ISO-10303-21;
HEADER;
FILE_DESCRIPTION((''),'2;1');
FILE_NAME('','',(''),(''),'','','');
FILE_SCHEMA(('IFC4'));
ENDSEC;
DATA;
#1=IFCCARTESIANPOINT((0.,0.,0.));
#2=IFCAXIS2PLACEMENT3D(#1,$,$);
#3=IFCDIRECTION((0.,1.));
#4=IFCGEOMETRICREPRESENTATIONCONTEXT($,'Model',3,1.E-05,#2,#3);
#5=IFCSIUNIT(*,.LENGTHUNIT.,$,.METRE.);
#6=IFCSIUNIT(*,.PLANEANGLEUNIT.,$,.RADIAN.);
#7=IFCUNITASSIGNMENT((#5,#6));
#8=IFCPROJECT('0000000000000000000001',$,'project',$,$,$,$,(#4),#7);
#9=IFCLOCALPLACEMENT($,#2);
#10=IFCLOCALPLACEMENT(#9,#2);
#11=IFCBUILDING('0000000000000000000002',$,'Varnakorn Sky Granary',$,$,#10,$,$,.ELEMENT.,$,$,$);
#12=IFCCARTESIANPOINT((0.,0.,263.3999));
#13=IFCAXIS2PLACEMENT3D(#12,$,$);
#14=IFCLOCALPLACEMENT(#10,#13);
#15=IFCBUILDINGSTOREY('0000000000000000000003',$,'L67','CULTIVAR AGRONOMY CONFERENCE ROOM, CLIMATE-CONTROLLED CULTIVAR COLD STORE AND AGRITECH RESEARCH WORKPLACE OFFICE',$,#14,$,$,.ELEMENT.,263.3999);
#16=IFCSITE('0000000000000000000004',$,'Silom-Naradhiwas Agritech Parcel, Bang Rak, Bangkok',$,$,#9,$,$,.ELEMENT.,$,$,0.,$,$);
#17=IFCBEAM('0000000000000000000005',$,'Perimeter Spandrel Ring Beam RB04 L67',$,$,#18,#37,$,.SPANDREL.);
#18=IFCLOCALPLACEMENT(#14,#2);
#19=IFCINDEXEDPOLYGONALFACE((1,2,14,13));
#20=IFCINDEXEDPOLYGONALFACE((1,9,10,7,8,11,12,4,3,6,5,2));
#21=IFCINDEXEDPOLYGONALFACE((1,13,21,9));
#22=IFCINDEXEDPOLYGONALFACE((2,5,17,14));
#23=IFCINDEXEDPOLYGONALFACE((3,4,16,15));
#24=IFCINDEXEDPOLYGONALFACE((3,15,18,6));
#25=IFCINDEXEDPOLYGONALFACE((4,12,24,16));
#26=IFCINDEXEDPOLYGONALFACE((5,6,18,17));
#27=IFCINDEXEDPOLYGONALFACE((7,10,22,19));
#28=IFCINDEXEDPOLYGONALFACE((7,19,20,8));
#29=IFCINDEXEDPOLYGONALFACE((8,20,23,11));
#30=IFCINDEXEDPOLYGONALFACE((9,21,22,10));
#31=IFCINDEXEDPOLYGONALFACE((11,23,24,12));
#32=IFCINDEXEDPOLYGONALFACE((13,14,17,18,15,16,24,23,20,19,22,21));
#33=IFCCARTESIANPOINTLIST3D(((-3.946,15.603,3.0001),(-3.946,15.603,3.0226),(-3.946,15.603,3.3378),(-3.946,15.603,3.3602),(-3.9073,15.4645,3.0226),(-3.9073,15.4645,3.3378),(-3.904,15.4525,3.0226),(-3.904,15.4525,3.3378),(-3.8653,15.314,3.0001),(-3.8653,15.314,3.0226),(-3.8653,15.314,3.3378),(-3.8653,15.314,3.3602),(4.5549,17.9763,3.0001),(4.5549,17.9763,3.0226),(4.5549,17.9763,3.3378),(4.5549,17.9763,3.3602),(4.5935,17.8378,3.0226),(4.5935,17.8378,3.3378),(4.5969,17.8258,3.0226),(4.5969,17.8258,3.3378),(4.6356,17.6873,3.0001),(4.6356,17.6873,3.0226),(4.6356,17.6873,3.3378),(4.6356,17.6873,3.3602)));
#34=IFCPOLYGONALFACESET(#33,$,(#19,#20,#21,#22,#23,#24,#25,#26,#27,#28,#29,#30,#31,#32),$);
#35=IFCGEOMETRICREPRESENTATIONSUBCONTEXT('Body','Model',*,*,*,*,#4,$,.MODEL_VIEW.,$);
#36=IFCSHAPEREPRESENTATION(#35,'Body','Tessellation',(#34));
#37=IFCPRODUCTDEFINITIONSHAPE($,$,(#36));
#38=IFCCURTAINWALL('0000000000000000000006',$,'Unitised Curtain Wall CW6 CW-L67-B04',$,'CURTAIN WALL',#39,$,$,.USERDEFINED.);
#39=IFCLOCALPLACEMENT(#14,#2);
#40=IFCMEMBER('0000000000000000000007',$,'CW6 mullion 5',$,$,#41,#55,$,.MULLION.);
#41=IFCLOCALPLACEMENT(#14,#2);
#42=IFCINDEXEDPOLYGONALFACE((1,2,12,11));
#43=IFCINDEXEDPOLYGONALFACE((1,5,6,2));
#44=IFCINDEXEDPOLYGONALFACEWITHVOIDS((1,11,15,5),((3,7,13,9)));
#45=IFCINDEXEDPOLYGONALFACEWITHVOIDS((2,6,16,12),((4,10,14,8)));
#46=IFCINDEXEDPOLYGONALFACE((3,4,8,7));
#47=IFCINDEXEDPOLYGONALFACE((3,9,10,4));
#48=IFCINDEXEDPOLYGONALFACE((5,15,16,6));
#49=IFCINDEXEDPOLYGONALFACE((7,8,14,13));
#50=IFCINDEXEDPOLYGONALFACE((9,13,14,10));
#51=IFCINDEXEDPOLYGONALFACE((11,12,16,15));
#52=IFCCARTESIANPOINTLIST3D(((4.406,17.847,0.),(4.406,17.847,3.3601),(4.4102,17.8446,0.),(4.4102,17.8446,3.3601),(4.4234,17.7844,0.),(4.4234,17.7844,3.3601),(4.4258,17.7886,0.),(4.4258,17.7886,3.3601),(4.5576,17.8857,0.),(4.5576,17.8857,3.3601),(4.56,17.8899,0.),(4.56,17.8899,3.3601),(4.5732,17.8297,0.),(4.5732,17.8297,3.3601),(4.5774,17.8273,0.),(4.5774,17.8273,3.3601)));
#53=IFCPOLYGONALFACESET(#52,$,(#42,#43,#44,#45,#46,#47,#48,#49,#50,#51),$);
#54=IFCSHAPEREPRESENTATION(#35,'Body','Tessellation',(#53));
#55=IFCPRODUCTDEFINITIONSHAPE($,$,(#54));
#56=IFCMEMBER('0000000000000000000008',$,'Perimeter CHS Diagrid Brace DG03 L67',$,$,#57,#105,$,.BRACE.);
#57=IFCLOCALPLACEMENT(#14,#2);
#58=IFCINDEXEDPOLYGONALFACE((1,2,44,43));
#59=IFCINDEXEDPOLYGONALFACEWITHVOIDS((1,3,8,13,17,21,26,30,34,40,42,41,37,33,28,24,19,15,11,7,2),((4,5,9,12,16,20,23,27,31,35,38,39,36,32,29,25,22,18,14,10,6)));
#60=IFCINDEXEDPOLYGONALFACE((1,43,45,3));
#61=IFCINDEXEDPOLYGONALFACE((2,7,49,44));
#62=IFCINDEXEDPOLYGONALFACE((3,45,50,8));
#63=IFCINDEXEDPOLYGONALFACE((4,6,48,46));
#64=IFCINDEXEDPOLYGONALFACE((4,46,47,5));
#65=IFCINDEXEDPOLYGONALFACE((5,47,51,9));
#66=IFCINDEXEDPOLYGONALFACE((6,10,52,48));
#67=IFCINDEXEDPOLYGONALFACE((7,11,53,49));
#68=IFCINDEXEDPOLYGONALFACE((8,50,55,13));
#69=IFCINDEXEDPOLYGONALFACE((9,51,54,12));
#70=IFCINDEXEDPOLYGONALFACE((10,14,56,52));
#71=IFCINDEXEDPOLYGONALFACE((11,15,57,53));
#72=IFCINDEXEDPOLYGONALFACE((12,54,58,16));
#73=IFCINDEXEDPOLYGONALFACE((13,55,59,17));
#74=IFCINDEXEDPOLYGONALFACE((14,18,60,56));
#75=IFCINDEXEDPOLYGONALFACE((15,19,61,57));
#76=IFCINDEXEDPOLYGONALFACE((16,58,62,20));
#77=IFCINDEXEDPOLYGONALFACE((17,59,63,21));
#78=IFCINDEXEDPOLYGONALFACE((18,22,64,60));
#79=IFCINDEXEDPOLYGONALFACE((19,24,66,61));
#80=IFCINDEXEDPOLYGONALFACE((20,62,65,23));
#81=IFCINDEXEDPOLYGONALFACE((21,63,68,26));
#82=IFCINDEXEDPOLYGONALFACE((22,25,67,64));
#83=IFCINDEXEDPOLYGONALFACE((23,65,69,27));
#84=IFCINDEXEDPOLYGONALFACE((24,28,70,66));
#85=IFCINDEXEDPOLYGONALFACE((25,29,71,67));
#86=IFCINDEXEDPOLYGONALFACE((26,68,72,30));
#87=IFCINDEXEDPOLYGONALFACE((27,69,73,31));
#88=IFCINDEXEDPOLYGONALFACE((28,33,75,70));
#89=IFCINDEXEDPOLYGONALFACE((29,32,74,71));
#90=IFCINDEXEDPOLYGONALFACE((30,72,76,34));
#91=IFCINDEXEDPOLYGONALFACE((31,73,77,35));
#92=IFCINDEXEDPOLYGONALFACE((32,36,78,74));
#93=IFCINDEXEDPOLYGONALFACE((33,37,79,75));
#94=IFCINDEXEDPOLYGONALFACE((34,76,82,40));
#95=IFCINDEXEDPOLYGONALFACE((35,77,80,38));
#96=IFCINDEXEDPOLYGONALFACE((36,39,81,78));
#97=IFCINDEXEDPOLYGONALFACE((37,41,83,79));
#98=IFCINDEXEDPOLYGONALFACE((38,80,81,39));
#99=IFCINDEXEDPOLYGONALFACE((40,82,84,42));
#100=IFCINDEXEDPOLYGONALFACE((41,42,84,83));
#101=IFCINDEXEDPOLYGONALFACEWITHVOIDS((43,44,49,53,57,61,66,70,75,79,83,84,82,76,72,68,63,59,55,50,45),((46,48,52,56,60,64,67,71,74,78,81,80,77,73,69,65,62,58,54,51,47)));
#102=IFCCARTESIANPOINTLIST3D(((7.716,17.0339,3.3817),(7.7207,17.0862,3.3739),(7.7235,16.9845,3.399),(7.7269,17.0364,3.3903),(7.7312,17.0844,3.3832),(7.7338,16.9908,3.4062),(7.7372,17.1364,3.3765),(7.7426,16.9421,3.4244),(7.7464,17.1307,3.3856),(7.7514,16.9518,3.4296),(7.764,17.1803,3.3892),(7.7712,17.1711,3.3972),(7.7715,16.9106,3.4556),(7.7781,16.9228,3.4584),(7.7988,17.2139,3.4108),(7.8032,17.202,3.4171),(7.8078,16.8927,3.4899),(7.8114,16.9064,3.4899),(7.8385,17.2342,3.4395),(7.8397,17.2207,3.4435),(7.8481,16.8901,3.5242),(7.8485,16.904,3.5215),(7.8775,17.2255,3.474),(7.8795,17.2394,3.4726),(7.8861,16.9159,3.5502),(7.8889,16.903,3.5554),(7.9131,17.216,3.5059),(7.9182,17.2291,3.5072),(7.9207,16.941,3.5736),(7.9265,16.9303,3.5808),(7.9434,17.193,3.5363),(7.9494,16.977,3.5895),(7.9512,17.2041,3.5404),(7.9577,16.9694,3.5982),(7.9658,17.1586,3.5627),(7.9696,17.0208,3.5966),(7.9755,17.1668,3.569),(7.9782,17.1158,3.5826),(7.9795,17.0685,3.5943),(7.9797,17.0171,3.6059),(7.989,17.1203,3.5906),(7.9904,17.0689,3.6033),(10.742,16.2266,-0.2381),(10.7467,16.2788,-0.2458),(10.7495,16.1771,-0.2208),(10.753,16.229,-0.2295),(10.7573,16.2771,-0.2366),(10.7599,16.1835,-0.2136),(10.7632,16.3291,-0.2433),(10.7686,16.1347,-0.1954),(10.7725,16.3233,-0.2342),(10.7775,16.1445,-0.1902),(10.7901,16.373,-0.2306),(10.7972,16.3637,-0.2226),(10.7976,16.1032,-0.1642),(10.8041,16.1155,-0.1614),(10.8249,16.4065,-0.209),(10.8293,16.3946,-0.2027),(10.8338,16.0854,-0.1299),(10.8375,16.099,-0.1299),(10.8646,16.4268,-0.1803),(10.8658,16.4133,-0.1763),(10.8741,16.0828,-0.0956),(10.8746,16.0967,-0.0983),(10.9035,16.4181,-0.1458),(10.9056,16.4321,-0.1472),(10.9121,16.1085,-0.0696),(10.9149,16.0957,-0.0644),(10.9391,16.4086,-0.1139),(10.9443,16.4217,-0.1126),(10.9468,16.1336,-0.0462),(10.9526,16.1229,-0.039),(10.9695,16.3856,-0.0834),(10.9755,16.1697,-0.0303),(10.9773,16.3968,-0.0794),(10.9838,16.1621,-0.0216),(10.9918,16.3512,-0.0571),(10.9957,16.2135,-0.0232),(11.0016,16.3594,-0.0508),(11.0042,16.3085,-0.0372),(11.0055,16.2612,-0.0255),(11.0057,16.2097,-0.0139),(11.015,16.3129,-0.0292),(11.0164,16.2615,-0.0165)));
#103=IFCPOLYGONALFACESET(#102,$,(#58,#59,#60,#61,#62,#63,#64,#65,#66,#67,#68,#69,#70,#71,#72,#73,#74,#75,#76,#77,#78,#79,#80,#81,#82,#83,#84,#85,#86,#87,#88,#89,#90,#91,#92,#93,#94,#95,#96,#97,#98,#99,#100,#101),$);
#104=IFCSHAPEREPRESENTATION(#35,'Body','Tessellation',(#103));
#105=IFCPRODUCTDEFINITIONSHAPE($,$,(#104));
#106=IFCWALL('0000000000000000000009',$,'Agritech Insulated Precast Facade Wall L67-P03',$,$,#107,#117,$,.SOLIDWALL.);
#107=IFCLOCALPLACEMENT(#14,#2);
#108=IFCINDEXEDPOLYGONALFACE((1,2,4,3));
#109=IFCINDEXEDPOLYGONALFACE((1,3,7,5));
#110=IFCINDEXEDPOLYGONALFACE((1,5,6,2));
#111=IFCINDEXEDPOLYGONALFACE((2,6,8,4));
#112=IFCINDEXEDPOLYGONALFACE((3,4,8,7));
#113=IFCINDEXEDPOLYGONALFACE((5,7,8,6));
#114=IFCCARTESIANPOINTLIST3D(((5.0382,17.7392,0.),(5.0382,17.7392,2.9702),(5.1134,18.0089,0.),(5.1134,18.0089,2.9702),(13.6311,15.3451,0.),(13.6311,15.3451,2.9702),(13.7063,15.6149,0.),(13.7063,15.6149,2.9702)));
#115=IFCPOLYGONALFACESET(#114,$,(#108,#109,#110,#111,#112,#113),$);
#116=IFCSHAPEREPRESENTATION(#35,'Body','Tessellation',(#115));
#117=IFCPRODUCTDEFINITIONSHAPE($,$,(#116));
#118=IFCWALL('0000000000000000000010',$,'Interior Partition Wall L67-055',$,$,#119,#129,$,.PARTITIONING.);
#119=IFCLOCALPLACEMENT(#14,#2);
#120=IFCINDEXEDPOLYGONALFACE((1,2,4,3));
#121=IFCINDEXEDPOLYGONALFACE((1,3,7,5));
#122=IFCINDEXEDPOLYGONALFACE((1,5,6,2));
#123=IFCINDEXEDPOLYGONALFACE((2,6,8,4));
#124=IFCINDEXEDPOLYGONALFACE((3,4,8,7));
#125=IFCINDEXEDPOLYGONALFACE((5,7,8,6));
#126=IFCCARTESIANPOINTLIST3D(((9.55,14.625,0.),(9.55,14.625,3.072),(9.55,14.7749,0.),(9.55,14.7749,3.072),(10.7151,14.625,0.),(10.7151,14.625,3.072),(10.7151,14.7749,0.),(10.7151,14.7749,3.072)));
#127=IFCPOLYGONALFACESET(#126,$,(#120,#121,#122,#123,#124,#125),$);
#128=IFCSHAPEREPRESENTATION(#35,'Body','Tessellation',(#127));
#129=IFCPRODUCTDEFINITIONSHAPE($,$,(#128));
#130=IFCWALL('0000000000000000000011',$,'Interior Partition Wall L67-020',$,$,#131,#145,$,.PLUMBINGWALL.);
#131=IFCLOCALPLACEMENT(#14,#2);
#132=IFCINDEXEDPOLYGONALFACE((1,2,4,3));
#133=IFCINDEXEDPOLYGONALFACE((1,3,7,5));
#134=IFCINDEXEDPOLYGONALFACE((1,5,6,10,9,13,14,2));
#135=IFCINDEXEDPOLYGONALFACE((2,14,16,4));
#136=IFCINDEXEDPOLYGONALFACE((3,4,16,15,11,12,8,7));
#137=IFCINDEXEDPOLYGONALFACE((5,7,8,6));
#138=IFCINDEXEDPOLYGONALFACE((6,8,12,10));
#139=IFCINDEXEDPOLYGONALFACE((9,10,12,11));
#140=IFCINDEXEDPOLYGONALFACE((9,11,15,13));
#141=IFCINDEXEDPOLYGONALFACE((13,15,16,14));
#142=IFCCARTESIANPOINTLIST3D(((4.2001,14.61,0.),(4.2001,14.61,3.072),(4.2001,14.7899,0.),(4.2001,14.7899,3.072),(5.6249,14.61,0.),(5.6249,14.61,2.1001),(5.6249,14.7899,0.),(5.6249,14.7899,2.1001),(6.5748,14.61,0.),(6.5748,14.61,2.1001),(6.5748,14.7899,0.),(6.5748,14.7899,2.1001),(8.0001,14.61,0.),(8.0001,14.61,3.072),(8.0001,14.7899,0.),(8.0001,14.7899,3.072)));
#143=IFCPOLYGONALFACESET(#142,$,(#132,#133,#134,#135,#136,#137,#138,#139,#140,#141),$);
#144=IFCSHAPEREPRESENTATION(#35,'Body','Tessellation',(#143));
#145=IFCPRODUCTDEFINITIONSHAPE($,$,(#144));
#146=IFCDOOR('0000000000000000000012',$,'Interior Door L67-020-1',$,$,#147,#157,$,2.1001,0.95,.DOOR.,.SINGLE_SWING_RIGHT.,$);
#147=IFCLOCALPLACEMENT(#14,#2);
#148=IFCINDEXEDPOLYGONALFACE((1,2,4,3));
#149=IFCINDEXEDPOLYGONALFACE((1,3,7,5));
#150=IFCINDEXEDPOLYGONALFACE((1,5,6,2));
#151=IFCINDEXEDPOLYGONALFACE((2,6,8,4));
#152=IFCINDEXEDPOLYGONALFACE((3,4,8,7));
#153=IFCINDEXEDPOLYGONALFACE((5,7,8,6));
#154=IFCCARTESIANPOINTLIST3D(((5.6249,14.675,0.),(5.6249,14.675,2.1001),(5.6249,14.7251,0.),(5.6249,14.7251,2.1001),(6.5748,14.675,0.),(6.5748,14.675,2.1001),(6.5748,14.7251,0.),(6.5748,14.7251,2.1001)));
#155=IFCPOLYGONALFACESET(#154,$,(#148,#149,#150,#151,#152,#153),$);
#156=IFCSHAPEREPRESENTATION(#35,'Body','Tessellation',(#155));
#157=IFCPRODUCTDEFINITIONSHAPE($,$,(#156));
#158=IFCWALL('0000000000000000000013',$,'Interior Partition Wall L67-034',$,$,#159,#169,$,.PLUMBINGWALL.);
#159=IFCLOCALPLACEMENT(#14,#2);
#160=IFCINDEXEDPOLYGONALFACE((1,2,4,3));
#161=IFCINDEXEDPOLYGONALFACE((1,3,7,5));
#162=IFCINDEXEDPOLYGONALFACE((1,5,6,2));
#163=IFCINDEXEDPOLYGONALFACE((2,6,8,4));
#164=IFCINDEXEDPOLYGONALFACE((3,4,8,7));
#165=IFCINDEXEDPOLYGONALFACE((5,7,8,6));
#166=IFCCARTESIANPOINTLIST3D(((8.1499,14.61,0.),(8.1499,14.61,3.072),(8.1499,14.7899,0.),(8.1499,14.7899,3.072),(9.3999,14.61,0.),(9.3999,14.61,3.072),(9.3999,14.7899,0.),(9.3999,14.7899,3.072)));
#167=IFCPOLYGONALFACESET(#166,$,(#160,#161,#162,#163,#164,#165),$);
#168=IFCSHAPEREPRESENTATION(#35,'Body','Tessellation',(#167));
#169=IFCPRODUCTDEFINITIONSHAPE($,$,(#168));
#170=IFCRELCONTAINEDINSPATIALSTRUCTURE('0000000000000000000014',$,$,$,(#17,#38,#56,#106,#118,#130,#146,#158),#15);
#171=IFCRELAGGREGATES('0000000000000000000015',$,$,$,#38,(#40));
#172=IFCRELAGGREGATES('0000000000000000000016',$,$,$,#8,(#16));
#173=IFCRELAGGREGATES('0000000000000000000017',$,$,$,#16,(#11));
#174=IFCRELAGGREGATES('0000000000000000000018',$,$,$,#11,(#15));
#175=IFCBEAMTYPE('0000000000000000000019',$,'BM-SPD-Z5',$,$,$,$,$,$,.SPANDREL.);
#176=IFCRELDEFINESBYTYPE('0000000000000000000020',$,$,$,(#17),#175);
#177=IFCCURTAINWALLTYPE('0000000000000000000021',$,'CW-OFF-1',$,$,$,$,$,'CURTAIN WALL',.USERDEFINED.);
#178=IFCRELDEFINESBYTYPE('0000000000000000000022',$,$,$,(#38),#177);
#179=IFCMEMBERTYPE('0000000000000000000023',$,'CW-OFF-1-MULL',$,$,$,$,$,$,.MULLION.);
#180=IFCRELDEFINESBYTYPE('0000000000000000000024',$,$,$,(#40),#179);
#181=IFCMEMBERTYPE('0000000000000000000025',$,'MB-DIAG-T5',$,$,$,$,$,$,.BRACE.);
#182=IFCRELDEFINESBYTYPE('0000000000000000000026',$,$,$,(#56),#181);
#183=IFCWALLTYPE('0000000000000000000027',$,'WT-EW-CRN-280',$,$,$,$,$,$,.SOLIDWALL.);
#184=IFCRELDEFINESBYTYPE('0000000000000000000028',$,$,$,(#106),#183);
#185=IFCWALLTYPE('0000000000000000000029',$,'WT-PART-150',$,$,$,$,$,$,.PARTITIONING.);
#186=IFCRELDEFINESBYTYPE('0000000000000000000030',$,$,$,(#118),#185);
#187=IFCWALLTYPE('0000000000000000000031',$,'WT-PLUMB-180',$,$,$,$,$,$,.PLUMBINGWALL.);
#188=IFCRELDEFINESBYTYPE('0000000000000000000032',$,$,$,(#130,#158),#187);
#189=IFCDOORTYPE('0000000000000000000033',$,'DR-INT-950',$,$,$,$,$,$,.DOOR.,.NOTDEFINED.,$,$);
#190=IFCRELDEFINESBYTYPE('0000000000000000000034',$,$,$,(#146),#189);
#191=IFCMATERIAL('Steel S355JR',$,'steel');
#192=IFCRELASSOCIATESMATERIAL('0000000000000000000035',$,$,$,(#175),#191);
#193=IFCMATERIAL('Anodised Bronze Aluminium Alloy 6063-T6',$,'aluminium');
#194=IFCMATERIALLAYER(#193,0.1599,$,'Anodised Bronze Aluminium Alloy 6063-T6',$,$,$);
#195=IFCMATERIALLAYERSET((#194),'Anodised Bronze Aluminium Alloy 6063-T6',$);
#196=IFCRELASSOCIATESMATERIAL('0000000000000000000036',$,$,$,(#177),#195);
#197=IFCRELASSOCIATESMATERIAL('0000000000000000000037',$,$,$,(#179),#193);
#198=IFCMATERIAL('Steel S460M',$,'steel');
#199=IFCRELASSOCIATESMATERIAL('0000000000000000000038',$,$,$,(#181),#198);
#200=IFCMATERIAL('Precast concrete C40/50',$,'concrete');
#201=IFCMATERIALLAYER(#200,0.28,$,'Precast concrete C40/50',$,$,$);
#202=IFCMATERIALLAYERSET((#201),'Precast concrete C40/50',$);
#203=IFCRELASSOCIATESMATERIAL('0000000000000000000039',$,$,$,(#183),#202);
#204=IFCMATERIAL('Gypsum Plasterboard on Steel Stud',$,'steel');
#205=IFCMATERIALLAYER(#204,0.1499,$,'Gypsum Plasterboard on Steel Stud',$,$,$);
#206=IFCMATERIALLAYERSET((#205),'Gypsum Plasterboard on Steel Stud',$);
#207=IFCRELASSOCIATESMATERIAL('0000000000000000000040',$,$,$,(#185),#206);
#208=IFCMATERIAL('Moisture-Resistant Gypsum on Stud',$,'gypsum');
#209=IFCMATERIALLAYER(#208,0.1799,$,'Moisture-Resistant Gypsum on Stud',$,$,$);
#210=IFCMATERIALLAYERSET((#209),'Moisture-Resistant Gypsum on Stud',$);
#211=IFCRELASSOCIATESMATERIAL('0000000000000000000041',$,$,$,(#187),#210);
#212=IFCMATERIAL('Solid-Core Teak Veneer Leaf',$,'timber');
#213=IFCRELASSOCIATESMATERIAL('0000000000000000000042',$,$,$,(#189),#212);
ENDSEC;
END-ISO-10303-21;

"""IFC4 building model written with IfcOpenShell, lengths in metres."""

from ifc_helpers import new_model, si_unit, direction, frame, frame_2d, origin, origin_2d, place, context, subcontext, project, spatial, rectangle, hollow_rectangle, hollow_circle, i_section, extrude, material, layer, layer_set, material_profile, profile_set, type_object, element, fill, aggregate, save


model = new_model("IFC4")

# Units and contexts
model_context = context("Model", 3, precision=1e-05, world=origin(), true_north=direction((0.0, 1.0)))
body_context = subcontext(model_context, "Body", "Model", "MODEL_VIEW")
ifc_project = project(units=[si_unit("LENGTHUNIT", "METRE"), si_unit("PLANEANGLEUNIT", "RADIAN")], contexts=[model_context])

# Site, building, storey
site_placement = place(None, origin())
site = spatial("IfcSite", under=ifc_project, at=site_placement, Name="Silom-Naradhiwas Agritech Parcel, Bang Rak, Bangkok", CompositionType="ELEMENT", RefElevation=0.0)
building_placement = place(site_placement, origin())
building = spatial("IfcBuilding", under=site, at=building_placement, Name="Varnakorn Sky Granary", CompositionType="ELEMENT")
storey_placement = place(building_placement, frame((0.0, 0.0, 263.3999)))
storey = spatial("IfcBuildingStorey", under=building, at=storey_placement, Name="L67", Description="CULTIVAR AGRONOMY CONFERENCE ROOM, CLIMATE-CONTROLLED CULTIVAR COLD STORE AND AGRITECH RESEARCH WORKPLACE OFFICE", CompositionType="ELEMENT", Elevation=263.3999)

# Shared definitions
ifc_material_1 = material(Name="Steel S460M", Category="steel")

# Beam
ifc_material_2 = material(Name="Steel S355JR", Category="steel")
ifc_material_profile_1 = material_profile(ifc_material_2, i_section(OverallWidth=0.3, OverallDepth=0.3601, WebThickness=0.0125, FlangeThickness=0.0225, at=origin_2d()), Name="HE 360 B")
ifc_profile_set_1 = profile_set([ifc_material_profile_1], Name="Steel S355JR")
beam_type_1 = type_object("IfcBeamType", Name="BM-SPD-Z5", PredefinedType="SPANDREL", material=ifc_profile_set_1)
for number, where, z_axis, x_axis, name in (
    (1, (4.5952, 17.8318, 3.1802), (-0.963169, -0.268896, 0.0), (0.268896, -0.963169, 0.0), "Perimeter Spandrel Ring Beam RB04 L67"),
):
    element("IfcBeam", number, at=place(storey_placement, frame(where, z_axis=z_axis, x_axis=x_axis)), inside=storey, type_object=beam_type_1, Name=name, PredefinedType="SPANDREL", context=body_context, shape_type="SweptSolid", body=[
        extrude(i_section(OverallWidth=0.3, OverallDepth=0.3601, WebThickness=0.0125, FlangeThickness=0.0225, at=origin_2d()), origin(), (0.0, 0.0, 1.0), 8.8259),
    ])

# Curtain wall, member
ifc_material_3 = material(Name="Anodised Bronze Aluminium Alloy 6063-T6", Category="aluminium")
ifc_layer_1 = layer(ifc_material_3, 0.1599, Name="Anodised Bronze Aluminium Alloy 6063-T6")
ifc_layer_set_1 = layer_set([ifc_layer_1], Name="Anodised Bronze Aluminium Alloy 6063-T6")
curtain_wall_type = type_object("IfcCurtainWallType", Name="CW-OFF-1", ElementType="CURTAIN WALL", PredefinedType="USERDEFINED", material=ifc_layer_set_1)
curtain_wall_placement = place(storey_placement, origin())
curtain_wall = element("IfcCurtainWall", 2, at=curtain_wall_placement, inside=storey, type_object=curtain_wall_type, Name="Unitised Curtain Wall CW6 CW-L67-B04", ObjectType="CURTAIN WALL", PredefinedType="USERDEFINED")
ifc_material_profile_2 = material_profile(ifc_material_3, hollow_rectangle(XDim=0.0649, YDim=0.1599, WallThickness=0.0034, at=origin_2d()), Name="ALU MULL 65x160")
ifc_profile_set_2 = profile_set([ifc_material_profile_2], Name="Anodised Bronze Aluminium Alloy 6063-T6")
member_type_1 = type_object("IfcMemberType", Name="CW-OFF-1-MULL", PredefinedType="MULLION", material=ifc_profile_set_2)
member_1_placement = place(storey_placement, frame((4.4917, 17.8372, 0.0), z_axis=(0.0, 0.0, 1.0), x_axis=(-0.268401, 0.963307, 0.0)))
member_1 = element("IfcMember", 3, at=member_1_placement, type_object=member_type_1, Name="CW6 mullion 5", PredefinedType="MULLION", context=body_context, shape_type="SweptSolid", body=[
    extrude(hollow_rectangle(XDim=0.0649, YDim=0.1599, WallThickness=0.0034, at=origin_2d()), origin(), (0.0, 0.0, 1.0), 3.3601),
])
aggregate(curtain_wall, [member_1])

# Member
ifc_material_profile_3 = material_profile(ifc_material_1, hollow_circle(Radius=0.1777, WallThickness=0.0142, at=origin_2d()), Name="CHS 355.6x14")
ifc_profile_set_3 = profile_set([ifc_material_profile_3], Name="Steel S460M")
member_type_2 = type_object("IfcMemberType", Name="MB-DIAG-T5", PredefinedType="BRACE", material=ifc_profile_set_3)
member_2_placement = place(storey_placement, frame((10.8796, 16.2571, -0.1299), z_axis=(-0.63219, 0.168669, 0.756231), x_axis=(-0.257784, -0.966203, 0.0)))
element("IfcMember", 4, at=member_2_placement, inside=storey, type_object=member_type_2, Name="Perimeter CHS Diagrid Brace DG03 L67", PredefinedType="BRACE", context=body_context, shape_type="SweptSolid", body=[
    extrude(hollow_circle(Radius=0.1777, WallThickness=0.0142, at=origin_2d()), origin(), (0.0, 0.0, 1.0), 4.7866),
])

# Walls
ifc_material_4 = material(Name="Precast concrete C40/50", Category="concrete")
ifc_layer_2 = layer(ifc_material_4, 0.28, Name="Precast concrete C40/50")
ifc_layer_set_2 = layer_set([ifc_layer_2], Name="Precast concrete C40/50")
wall_type_1 = type_object("IfcWallType", Name="WT-EW-CRN-280", PredefinedType="SOLIDWALL", material=ifc_layer_set_2)
wall_1_placement = place(storey_placement, frame((5.0759, 17.874, 0.0), z_axis=(0.0, 0.0, 1.0), x_axis=(0.963311, -0.268389, 0.0)))
element("IfcWall", 5, at=wall_1_placement, inside=storey, type_object=wall_type_1, Name="Agritech Insulated Precast Facade Wall L67-P03", PredefinedType="SOLIDWALL", context=body_context, shape_type="SweptSolid", body=[
    extrude(rectangle(XDim=8.9202, YDim=0.28, at=frame_2d((4.46, 0.0))), origin(), (0.0, 0.0, 1.0), 2.9702),
])
ifc_material_5 = material(Name="Gypsum Plasterboard on Steel Stud", Category="steel")
ifc_layer_3 = layer(ifc_material_5, 0.1499, Name="Gypsum Plasterboard on Steel Stud")
ifc_layer_set_3 = layer_set([ifc_layer_3], Name="Gypsum Plasterboard on Steel Stud")
wall_type_2 = type_object("IfcWallType", Name="WT-PART-150", PredefinedType="PARTITIONING", material=ifc_layer_set_3)
wall_2_placement = place(storey_placement, frame((10.7151, 14.7, 0.0), z_axis=(0.0, 0.0, 1.0), x_axis=(-1.0, 0.0, 0.0)))
element("IfcWall", 6, at=wall_2_placement, inside=storey, type_object=wall_type_2, Name="Interior Partition Wall L67-055", PredefinedType="PARTITIONING", context=body_context, shape_type="SweptSolid", body=[
    extrude(rectangle(XDim=1.165, YDim=0.1499, at=frame_2d((0.5825, 0.0))), origin(), (0.0, 0.0, 1.0), 3.072),
])

# Wall, opening, door
ifc_material_6 = material(Name="Moisture-Resistant Gypsum on Stud", Category="gypsum")
ifc_layer_4 = layer(ifc_material_6, 0.1799, Name="Moisture-Resistant Gypsum on Stud")
ifc_layer_set_4 = layer_set([ifc_layer_4], Name="Moisture-Resistant Gypsum on Stud")
wall_type_3 = type_object("IfcWallType", Name="WT-PLUMB-180", PredefinedType="PLUMBINGWALL", material=ifc_layer_set_4)
wall_3_placement = place(storey_placement, frame((8.0, 14.7, 0.0), z_axis=(0.0, 0.0, 1.0), x_axis=(-1.0, 0.0, 0.0)))
wall_3 = element("IfcWall", 7, at=wall_3_placement, inside=storey, type_object=wall_type_3, Name="Interior Partition Wall L67-020", PredefinedType="PLUMBINGWALL", context=body_context, shape_type="SweptSolid", body=[
    extrude(rectangle(XDim=3.8, YDim=0.1799, at=frame_2d((1.8999, 0.0))), origin(), (0.0, 0.0, 1.0), 3.072),
])
opening_placement = place(wall_3_placement, frame((1.425, 0.0, 0.0)))
opening = element("IfcOpeningElement", 8, at=opening_placement, cuts=wall_3, PredefinedType="OPENING", context=body_context, shape_type="SweptSolid", body=[
    extrude(rectangle(XDim=0.95, YDim=2.1001, at=frame_2d((0.4751, 1.05))), frame((0.0, 0.1001, 0.0), z_axis=(0.0, -1.0, 0.0), x_axis=(1.0, 0.0, 0.0)), (0.0, 0.0, 1.0), 0.2),
])
ifc_material_7 = material(Name="Solid-Core Teak Veneer Leaf", Category="timber")
door_type = type_object("IfcDoorType", Name="DR-INT-950", OperationType="NOTDEFINED", PredefinedType="DOOR", material=ifc_material_7)
door_placement = place(opening_placement, origin())
door = element("IfcDoor", 9, at=door_placement, inside=storey, type_object=door_type, Name="Interior Door L67-020-1", OperationType="SINGLE_SWING_RIGHT", OverallHeight=2.1001, OverallWidth=0.95, PredefinedType="DOOR", context=body_context, shape_type="SweptSolid", body=[
    extrude(rectangle(XDim=0.95, YDim=2.1001, at=frame_2d((0.4751, 1.05))), frame((0.0, 0.0249, 0.0), z_axis=(0.0, -1.0, 0.0), x_axis=(1.0, 0.0, 0.0)), (0.0, 0.0, 1.0), 0.05),
])
fill(opening, door)

# Wall
wall_4_placement = place(storey_placement, frame((9.3999, 14.7, 0.0), z_axis=(0.0, 0.0, 1.0), x_axis=(-1.0, 0.0, 0.0)))
element("IfcWall", 10, at=wall_4_placement, inside=storey, type_object=wall_type_3, Name="Interior Partition Wall L67-034", PredefinedType="PLUMBINGWALL", context=body_context, shape_type="SweptSolid", body=[
    extrude(rectangle(XDim=1.25, YDim=0.1799, at=frame_2d((0.625, 0.0))), origin(), (0.0, 0.0, 1.0), 3.072),
])

save(model, "model.ifc")
